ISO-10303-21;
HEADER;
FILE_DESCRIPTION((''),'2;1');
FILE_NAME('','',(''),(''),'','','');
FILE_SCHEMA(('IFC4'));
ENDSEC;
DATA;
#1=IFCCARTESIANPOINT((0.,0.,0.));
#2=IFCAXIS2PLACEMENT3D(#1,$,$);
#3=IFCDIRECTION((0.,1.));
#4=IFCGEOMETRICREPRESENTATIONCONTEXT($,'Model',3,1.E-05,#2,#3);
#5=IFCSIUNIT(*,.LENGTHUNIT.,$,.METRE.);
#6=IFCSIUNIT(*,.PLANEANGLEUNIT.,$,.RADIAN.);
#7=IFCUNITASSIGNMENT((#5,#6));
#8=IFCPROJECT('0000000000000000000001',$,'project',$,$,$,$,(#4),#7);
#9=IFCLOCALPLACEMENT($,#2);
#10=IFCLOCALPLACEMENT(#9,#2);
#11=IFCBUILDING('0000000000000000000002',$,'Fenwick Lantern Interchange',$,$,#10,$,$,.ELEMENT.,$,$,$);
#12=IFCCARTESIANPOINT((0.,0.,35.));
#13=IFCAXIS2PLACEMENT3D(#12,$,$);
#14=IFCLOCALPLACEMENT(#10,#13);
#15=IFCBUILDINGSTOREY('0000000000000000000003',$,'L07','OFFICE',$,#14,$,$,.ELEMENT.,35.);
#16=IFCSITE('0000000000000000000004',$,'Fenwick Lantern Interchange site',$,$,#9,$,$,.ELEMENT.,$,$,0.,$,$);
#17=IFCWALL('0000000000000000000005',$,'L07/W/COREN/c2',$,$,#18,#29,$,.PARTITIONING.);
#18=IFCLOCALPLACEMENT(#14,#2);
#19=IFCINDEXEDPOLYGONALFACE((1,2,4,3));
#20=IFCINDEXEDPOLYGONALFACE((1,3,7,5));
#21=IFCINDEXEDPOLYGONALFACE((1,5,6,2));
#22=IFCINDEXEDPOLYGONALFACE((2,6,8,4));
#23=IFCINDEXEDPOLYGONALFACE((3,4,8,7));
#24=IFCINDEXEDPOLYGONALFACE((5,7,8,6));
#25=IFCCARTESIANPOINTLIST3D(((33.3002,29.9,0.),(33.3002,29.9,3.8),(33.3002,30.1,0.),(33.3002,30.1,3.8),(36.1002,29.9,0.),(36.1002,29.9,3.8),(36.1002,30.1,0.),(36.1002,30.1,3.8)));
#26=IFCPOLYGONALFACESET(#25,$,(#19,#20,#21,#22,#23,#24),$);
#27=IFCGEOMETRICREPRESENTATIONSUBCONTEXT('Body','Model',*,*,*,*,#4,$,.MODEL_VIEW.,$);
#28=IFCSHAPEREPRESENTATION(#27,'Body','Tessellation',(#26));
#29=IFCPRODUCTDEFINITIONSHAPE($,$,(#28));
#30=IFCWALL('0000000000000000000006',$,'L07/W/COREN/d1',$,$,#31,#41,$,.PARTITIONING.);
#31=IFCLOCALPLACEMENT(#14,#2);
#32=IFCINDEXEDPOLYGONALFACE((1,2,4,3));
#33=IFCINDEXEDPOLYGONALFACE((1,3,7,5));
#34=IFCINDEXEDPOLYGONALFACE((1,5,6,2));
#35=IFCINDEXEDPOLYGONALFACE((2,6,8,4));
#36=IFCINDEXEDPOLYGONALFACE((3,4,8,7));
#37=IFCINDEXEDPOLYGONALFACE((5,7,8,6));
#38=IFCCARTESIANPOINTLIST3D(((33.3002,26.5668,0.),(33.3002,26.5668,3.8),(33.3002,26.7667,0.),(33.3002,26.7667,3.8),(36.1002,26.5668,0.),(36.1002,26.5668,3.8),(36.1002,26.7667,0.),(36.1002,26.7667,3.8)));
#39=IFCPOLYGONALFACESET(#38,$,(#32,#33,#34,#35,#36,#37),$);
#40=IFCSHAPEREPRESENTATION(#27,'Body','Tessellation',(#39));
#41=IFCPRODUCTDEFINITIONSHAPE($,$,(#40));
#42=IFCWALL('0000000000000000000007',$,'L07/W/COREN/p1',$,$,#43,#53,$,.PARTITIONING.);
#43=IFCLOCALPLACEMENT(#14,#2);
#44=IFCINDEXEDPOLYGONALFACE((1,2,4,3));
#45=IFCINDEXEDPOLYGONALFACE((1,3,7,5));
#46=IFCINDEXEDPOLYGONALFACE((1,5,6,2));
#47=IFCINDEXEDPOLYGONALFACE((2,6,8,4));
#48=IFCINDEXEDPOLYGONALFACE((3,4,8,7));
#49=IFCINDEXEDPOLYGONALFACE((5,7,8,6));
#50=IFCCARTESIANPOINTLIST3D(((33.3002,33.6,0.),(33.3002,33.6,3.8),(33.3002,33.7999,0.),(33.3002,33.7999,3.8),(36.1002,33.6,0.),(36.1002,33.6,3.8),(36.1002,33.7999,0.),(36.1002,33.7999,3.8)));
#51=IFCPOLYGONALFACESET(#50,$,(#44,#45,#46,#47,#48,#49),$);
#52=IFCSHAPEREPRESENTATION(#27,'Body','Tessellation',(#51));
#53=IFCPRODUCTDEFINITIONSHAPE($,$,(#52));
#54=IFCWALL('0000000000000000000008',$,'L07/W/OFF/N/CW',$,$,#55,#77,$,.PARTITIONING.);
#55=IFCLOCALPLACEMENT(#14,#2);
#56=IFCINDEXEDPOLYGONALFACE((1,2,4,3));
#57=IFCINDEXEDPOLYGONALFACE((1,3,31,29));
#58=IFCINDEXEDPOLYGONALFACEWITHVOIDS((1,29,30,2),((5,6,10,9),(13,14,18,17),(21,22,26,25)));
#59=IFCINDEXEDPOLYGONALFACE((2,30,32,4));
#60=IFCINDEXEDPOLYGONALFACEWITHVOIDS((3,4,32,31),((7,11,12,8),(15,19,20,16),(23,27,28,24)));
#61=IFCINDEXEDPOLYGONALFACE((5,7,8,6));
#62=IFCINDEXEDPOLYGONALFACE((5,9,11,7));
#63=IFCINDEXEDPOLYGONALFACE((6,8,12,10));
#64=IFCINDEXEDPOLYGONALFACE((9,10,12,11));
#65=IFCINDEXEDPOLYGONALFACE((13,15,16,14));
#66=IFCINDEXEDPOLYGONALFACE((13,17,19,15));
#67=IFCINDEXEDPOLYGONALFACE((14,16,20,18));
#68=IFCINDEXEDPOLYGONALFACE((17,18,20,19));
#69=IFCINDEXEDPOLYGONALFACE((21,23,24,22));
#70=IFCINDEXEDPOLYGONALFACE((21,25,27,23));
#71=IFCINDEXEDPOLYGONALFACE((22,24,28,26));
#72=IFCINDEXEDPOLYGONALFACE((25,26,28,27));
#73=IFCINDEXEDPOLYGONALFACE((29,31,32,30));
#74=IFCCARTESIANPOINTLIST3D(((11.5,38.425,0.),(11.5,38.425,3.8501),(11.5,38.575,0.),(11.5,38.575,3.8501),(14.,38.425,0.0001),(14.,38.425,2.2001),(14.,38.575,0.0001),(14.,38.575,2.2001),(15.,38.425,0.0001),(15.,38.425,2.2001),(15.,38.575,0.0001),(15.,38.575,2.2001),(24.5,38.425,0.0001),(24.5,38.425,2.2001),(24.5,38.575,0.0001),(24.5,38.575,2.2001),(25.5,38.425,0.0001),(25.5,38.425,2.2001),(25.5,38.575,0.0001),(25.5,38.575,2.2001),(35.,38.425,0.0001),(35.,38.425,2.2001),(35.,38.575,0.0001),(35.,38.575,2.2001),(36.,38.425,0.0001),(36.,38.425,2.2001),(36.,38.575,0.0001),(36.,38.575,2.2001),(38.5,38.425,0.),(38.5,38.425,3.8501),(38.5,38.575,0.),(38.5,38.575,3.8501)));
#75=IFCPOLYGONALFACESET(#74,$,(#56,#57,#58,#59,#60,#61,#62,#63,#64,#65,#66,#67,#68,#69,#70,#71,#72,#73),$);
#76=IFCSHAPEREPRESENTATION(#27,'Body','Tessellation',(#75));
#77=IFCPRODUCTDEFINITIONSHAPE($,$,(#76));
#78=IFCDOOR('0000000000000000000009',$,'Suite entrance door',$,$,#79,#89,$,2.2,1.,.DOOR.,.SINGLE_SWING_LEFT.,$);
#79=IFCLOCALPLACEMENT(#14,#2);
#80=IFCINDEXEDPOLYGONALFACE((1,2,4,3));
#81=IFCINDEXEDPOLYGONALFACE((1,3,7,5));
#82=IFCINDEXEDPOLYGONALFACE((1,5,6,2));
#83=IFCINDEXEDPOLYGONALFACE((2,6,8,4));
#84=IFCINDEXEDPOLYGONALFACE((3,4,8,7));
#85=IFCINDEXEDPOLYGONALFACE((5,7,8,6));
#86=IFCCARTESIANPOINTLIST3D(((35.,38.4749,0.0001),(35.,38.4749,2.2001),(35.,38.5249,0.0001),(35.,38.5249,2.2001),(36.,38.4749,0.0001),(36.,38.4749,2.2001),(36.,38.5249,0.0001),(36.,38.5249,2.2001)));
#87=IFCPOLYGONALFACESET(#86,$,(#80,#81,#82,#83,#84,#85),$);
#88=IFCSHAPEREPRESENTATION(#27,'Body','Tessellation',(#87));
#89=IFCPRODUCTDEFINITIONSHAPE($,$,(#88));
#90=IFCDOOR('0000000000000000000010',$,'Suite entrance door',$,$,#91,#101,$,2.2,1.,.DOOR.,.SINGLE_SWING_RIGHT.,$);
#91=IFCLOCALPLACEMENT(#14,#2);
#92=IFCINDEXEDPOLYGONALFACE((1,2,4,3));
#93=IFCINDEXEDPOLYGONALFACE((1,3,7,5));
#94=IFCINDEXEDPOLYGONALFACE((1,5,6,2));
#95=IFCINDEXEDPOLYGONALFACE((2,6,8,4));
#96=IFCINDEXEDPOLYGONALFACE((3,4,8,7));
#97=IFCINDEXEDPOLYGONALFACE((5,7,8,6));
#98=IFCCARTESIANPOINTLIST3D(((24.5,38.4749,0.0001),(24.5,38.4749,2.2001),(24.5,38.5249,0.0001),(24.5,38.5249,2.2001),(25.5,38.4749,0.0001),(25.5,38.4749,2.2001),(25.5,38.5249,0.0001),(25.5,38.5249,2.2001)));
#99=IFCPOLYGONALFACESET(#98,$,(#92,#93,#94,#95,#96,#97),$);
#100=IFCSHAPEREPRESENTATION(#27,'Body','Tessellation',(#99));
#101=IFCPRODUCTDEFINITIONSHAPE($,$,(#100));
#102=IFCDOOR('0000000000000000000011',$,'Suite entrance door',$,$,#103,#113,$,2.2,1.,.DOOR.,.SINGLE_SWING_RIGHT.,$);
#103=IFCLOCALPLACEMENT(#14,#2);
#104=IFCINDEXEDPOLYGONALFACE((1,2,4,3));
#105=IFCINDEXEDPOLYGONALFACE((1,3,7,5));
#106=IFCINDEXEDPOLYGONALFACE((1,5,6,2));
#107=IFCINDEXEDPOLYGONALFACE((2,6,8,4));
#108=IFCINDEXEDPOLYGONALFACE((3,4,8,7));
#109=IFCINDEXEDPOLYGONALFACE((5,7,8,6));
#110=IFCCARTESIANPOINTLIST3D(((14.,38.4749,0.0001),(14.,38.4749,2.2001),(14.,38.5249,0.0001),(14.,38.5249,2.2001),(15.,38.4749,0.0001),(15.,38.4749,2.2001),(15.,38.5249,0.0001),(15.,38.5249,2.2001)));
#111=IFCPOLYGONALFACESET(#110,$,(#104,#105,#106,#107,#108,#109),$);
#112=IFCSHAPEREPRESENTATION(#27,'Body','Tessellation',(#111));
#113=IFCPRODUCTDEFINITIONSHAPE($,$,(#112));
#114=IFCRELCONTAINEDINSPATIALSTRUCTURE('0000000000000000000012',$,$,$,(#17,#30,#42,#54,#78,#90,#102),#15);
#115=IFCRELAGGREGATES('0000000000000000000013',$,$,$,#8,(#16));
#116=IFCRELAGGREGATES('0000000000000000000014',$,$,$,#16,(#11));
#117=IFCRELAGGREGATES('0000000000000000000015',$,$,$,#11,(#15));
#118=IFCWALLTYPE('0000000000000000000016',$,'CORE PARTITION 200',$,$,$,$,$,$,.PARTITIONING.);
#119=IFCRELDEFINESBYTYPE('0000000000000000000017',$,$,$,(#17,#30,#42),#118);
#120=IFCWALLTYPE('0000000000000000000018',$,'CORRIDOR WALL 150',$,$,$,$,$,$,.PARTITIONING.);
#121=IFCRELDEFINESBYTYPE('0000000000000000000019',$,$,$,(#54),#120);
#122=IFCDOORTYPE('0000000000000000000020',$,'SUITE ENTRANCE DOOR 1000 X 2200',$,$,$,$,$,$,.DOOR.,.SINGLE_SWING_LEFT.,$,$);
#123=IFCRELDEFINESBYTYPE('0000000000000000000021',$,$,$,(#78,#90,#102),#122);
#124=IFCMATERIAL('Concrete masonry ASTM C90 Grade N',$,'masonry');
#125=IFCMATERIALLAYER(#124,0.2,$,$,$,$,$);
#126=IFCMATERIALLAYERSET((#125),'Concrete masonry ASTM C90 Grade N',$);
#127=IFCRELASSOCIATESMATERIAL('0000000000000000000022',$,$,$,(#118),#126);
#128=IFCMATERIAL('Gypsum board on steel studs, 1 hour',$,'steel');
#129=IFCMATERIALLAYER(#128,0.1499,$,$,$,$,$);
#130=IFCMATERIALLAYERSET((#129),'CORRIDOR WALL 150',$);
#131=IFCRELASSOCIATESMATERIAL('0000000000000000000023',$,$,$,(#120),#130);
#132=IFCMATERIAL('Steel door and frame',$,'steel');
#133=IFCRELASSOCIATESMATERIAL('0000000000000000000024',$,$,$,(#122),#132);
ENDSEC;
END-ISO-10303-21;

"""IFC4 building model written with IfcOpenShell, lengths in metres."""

from ifc_helpers import new_model, si_unit, direction, frame, frame_2d, origin, place, context, subcontext, project, spatial, rectangle, extrude, material, layer, layer_set, type_object, element, fill, save


model = new_model("IFC4")

# Units and contexts
model_context = context("Model", 3, precision=1e-05, world=origin(), true_north=direction((0.0, 1.0)))
body_context = subcontext(model_context, "Body", "Model", "MODEL_VIEW")
ifc_project = project(units=[si_unit("LENGTHUNIT", "METRE"), si_unit("PLANEANGLEUNIT", "RADIAN")], contexts=[model_context])

# Site, building, storey
site_placement = place(None, origin())
site = spatial("IfcSite", under=ifc_project, at=site_placement, Name="Fenwick Lantern Interchange site", CompositionType="ELEMENT", RefElevation=0.0)
building_placement = place(site_placement, origin())
building = spatial("IfcBuilding", under=site, at=building_placement, Name="Fenwick Lantern Interchange", CompositionType="ELEMENT")
storey_placement = place(building_placement, frame((0.0, 0.0, 35.0)))
storey = spatial("IfcBuildingStorey", under=building, at=storey_placement, Name="L07", Description="OFFICE", CompositionType="ELEMENT", Elevation=35.0)

# Walls
ifc_material_1 = material(Name="Concrete masonry ASTM C90 Grade N", Category="masonry")
ifc_layer_1 = layer(ifc_material_1, 0.2)
ifc_layer_set_1 = layer_set([ifc_layer_1], Name="Concrete masonry ASTM C90 Grade N")
wall_type_1 = type_object("IfcWallType", Name="CORE PARTITION 200", PredefinedType="PARTITIONING", material=ifc_layer_set_1)
for number, where, z_axis, x_axis, name in (
    (1, (36.1001, 30.0, 0.0), (0.0, 0.0, 1.0), (-1.0, 0.0, 0.0), "L07/W/COREN/c2"),
    (2, (36.1001, 26.6667, 0.0), (0.0, 0.0, 1.0), (-1.0, 0.0, 0.0), "L07/W/COREN/d1"),
    (3, (36.1001, 33.7, 0.0), (0.0, 0.0, 1.0), (-1.0, 0.0, 0.0), "L07/W/COREN/p1"),
):
    element("IfcWall", number, at=place(storey_placement, frame(where, z_axis=z_axis, x_axis=x_axis)), inside=storey, type_object=wall_type_1, Name=name, PredefinedType="PARTITIONING", context=body_context, shape_type="SweptSolid", body=[
        extrude(rectangle(XDim=2.8, YDim=0.2, at=frame_2d((1.3999, 0.0))), origin(), (0.0, 0.0, 1.0), 3.8),
    ])

# Wall, openings, doors
ifc_material_2 = material(Name="Steel door and frame", Category="steel")
ifc_material_3 = material(Name="Gypsum board on steel studs, 1 hour", Category="steel")
ifc_layer_2 = layer(ifc_material_3, 0.1499)
ifc_layer_set_2 = layer_set([ifc_layer_2], Name="CORRIDOR WALL 150")
wall_type_2 = type_object("IfcWallType", Name="CORRIDOR WALL 150", PredefinedType="PARTITIONING", material=ifc_layer_set_2)
wall_1_placement = place(storey_placement, frame((38.5, 38.5, 0.0), z_axis=(0.0, 0.0, 1.0), x_axis=(-1.0, 0.0, 0.0)))
wall_1 = element("IfcWall", 4, at=wall_1_placement, inside=storey, type_object=wall_type_2, Name="L07/W/OFF/N/CW", PredefinedType="PARTITIONING", context=body_context, shape_type="SweptSolid", body=[
    extrude(rectangle(XDim=27.0, YDim=0.1499, at=frame_2d((13.5, 0.0))), origin(), (0.0, 0.0, 1.0), 3.8501),
])
opening_1_placement = place(wall_1_placement, frame((2.5, 0.0, 0.0)))
opening_1 = element("IfcOpeningElement", 5, at=opening_1_placement, cuts=wall_1, PredefinedType="OPENING", context=body_context, shape_type="SweptSolid", body=[
    extrude(rectangle(XDim=1.0, YDim=2.2, at=frame_2d((0.5, 1.1001))), frame((0.0, 0.085, 0.0), z_axis=(0.0, -1.0, 0.0), x_axis=(1.0, 0.0, 0.0)), (0.0, 0.0, 1.0), 0.1699),
])
opening_2_placement = place(wall_1_placement, frame((13.0, 0.0, 0.0)))
opening_2 = element("IfcOpeningElement", 6, at=opening_2_placement, cuts=wall_1, PredefinedType="OPENING", context=body_context, shape_type="SweptSolid", body=[
    extrude(rectangle(XDim=1.0, YDim=2.2, at=frame_2d((0.5, 1.1001))), frame((0.0, 0.085, 0.0), z_axis=(0.0, -1.0, 0.0), x_axis=(1.0, 0.0, 0.0)), (0.0, 0.0, 1.0), 0.1699),
])
opening_3_placement = place(wall_1_placement, frame((23.5, 0.0, 0.0)))
opening_3 = element("IfcOpeningElement", 7, at=opening_3_placement, cuts=wall_1, PredefinedType="OPENING", context=body_context, shape_type="SweptSolid", body=[
    extrude(rectangle(XDim=1.0, YDim=2.2, at=frame_2d((0.5, 1.1001))), frame((0.0, 0.085, 0.0), z_axis=(0.0, -1.0, 0.0), x_axis=(1.0, 0.0, 0.0)), (0.0, 0.0, 1.0), 0.1699),
])
door_type_1 = type_object("IfcDoorType", Name="SUITE ENTRANCE DOOR 1000 X 2200", OperationType="SINGLE_SWING_LEFT", PredefinedType="DOOR", material=ifc_material_2)
door_1_placement = place(opening_1_placement, frame((1.0, 0.0, 0.0), z_axis=(0.0, 0.0, 1.0), x_axis=(-1.0, 0.0, 0.0)))
door_1 = element("IfcDoor", 8, at=door_1_placement, inside=storey, type_object=door_type_1, Name="Suite entrance door", OperationType="SINGLE_SWING_LEFT", OverallHeight=2.2, OverallWidth=1.0, PredefinedType="DOOR", context=body_context, shape_type="SweptSolid", body=[
    extrude(rectangle(XDim=1.0, YDim=2.2, at=frame_2d((0.5, 1.1001))), frame((0.0, 0.0249, 0.0), z_axis=(0.0, -1.0, 0.0), x_axis=(1.0, 0.0, 0.0)), (0.0, 0.0, 1.0), 0.05),
])
fill(opening_1, door_1)
door_2_placement = place(opening_2_placement, frame((1.0, 0.0, 0.0), z_axis=(0.0, 0.0, 1.0), x_axis=(-1.0, 0.0, 0.0)))
door_2 = element("IfcDoor", 9, at=door_2_placement, inside=storey, type_object=door_type_1, Name="Suite entrance door", OperationType="SINGLE_SWING_RIGHT", OverallHeight=2.2, OverallWidth=1.0, PredefinedType="DOOR", context=body_context, shape_type="SweptSolid", body=[
    extrude(rectangle(XDim=1.0, YDim=2.2, at=frame_2d((0.5, 1.1001))), frame((0.0, 0.0249, 0.0), z_axis=(0.0, -1.0, 0.0), x_axis=(1.0, 0.0, 0.0)), (0.0, 0.0, 1.0), 0.05),
])
fill(opening_2, door_2)
door_3_placement = place(opening_3_placement, frame((1.0, 0.0, 0.0), z_axis=(0.0, 0.0, 1.0), x_axis=(-1.0, 0.0, 0.0)))
door_3 = element("IfcDoor", 10, at=door_3_placement, inside=storey, type_object=door_type_1, Name="Suite entrance door", OperationType="SINGLE_SWING_RIGHT", OverallHeight=2.2, OverallWidth=1.0, PredefinedType="DOOR", context=body_context, shape_type="SweptSolid", body=[
    extrude(rectangle(XDim=1.0, YDim=2.2, at=frame_2d((0.5, 1.1001))), frame((0.0, 0.0249, 0.0), z_axis=(0.0, -1.0, 0.0), x_axis=(1.0, 0.0, 0.0)), (0.0, 0.0, 1.0), 0.05),
])
fill(opening_3, door_3)

save(model, "model.ifc")
